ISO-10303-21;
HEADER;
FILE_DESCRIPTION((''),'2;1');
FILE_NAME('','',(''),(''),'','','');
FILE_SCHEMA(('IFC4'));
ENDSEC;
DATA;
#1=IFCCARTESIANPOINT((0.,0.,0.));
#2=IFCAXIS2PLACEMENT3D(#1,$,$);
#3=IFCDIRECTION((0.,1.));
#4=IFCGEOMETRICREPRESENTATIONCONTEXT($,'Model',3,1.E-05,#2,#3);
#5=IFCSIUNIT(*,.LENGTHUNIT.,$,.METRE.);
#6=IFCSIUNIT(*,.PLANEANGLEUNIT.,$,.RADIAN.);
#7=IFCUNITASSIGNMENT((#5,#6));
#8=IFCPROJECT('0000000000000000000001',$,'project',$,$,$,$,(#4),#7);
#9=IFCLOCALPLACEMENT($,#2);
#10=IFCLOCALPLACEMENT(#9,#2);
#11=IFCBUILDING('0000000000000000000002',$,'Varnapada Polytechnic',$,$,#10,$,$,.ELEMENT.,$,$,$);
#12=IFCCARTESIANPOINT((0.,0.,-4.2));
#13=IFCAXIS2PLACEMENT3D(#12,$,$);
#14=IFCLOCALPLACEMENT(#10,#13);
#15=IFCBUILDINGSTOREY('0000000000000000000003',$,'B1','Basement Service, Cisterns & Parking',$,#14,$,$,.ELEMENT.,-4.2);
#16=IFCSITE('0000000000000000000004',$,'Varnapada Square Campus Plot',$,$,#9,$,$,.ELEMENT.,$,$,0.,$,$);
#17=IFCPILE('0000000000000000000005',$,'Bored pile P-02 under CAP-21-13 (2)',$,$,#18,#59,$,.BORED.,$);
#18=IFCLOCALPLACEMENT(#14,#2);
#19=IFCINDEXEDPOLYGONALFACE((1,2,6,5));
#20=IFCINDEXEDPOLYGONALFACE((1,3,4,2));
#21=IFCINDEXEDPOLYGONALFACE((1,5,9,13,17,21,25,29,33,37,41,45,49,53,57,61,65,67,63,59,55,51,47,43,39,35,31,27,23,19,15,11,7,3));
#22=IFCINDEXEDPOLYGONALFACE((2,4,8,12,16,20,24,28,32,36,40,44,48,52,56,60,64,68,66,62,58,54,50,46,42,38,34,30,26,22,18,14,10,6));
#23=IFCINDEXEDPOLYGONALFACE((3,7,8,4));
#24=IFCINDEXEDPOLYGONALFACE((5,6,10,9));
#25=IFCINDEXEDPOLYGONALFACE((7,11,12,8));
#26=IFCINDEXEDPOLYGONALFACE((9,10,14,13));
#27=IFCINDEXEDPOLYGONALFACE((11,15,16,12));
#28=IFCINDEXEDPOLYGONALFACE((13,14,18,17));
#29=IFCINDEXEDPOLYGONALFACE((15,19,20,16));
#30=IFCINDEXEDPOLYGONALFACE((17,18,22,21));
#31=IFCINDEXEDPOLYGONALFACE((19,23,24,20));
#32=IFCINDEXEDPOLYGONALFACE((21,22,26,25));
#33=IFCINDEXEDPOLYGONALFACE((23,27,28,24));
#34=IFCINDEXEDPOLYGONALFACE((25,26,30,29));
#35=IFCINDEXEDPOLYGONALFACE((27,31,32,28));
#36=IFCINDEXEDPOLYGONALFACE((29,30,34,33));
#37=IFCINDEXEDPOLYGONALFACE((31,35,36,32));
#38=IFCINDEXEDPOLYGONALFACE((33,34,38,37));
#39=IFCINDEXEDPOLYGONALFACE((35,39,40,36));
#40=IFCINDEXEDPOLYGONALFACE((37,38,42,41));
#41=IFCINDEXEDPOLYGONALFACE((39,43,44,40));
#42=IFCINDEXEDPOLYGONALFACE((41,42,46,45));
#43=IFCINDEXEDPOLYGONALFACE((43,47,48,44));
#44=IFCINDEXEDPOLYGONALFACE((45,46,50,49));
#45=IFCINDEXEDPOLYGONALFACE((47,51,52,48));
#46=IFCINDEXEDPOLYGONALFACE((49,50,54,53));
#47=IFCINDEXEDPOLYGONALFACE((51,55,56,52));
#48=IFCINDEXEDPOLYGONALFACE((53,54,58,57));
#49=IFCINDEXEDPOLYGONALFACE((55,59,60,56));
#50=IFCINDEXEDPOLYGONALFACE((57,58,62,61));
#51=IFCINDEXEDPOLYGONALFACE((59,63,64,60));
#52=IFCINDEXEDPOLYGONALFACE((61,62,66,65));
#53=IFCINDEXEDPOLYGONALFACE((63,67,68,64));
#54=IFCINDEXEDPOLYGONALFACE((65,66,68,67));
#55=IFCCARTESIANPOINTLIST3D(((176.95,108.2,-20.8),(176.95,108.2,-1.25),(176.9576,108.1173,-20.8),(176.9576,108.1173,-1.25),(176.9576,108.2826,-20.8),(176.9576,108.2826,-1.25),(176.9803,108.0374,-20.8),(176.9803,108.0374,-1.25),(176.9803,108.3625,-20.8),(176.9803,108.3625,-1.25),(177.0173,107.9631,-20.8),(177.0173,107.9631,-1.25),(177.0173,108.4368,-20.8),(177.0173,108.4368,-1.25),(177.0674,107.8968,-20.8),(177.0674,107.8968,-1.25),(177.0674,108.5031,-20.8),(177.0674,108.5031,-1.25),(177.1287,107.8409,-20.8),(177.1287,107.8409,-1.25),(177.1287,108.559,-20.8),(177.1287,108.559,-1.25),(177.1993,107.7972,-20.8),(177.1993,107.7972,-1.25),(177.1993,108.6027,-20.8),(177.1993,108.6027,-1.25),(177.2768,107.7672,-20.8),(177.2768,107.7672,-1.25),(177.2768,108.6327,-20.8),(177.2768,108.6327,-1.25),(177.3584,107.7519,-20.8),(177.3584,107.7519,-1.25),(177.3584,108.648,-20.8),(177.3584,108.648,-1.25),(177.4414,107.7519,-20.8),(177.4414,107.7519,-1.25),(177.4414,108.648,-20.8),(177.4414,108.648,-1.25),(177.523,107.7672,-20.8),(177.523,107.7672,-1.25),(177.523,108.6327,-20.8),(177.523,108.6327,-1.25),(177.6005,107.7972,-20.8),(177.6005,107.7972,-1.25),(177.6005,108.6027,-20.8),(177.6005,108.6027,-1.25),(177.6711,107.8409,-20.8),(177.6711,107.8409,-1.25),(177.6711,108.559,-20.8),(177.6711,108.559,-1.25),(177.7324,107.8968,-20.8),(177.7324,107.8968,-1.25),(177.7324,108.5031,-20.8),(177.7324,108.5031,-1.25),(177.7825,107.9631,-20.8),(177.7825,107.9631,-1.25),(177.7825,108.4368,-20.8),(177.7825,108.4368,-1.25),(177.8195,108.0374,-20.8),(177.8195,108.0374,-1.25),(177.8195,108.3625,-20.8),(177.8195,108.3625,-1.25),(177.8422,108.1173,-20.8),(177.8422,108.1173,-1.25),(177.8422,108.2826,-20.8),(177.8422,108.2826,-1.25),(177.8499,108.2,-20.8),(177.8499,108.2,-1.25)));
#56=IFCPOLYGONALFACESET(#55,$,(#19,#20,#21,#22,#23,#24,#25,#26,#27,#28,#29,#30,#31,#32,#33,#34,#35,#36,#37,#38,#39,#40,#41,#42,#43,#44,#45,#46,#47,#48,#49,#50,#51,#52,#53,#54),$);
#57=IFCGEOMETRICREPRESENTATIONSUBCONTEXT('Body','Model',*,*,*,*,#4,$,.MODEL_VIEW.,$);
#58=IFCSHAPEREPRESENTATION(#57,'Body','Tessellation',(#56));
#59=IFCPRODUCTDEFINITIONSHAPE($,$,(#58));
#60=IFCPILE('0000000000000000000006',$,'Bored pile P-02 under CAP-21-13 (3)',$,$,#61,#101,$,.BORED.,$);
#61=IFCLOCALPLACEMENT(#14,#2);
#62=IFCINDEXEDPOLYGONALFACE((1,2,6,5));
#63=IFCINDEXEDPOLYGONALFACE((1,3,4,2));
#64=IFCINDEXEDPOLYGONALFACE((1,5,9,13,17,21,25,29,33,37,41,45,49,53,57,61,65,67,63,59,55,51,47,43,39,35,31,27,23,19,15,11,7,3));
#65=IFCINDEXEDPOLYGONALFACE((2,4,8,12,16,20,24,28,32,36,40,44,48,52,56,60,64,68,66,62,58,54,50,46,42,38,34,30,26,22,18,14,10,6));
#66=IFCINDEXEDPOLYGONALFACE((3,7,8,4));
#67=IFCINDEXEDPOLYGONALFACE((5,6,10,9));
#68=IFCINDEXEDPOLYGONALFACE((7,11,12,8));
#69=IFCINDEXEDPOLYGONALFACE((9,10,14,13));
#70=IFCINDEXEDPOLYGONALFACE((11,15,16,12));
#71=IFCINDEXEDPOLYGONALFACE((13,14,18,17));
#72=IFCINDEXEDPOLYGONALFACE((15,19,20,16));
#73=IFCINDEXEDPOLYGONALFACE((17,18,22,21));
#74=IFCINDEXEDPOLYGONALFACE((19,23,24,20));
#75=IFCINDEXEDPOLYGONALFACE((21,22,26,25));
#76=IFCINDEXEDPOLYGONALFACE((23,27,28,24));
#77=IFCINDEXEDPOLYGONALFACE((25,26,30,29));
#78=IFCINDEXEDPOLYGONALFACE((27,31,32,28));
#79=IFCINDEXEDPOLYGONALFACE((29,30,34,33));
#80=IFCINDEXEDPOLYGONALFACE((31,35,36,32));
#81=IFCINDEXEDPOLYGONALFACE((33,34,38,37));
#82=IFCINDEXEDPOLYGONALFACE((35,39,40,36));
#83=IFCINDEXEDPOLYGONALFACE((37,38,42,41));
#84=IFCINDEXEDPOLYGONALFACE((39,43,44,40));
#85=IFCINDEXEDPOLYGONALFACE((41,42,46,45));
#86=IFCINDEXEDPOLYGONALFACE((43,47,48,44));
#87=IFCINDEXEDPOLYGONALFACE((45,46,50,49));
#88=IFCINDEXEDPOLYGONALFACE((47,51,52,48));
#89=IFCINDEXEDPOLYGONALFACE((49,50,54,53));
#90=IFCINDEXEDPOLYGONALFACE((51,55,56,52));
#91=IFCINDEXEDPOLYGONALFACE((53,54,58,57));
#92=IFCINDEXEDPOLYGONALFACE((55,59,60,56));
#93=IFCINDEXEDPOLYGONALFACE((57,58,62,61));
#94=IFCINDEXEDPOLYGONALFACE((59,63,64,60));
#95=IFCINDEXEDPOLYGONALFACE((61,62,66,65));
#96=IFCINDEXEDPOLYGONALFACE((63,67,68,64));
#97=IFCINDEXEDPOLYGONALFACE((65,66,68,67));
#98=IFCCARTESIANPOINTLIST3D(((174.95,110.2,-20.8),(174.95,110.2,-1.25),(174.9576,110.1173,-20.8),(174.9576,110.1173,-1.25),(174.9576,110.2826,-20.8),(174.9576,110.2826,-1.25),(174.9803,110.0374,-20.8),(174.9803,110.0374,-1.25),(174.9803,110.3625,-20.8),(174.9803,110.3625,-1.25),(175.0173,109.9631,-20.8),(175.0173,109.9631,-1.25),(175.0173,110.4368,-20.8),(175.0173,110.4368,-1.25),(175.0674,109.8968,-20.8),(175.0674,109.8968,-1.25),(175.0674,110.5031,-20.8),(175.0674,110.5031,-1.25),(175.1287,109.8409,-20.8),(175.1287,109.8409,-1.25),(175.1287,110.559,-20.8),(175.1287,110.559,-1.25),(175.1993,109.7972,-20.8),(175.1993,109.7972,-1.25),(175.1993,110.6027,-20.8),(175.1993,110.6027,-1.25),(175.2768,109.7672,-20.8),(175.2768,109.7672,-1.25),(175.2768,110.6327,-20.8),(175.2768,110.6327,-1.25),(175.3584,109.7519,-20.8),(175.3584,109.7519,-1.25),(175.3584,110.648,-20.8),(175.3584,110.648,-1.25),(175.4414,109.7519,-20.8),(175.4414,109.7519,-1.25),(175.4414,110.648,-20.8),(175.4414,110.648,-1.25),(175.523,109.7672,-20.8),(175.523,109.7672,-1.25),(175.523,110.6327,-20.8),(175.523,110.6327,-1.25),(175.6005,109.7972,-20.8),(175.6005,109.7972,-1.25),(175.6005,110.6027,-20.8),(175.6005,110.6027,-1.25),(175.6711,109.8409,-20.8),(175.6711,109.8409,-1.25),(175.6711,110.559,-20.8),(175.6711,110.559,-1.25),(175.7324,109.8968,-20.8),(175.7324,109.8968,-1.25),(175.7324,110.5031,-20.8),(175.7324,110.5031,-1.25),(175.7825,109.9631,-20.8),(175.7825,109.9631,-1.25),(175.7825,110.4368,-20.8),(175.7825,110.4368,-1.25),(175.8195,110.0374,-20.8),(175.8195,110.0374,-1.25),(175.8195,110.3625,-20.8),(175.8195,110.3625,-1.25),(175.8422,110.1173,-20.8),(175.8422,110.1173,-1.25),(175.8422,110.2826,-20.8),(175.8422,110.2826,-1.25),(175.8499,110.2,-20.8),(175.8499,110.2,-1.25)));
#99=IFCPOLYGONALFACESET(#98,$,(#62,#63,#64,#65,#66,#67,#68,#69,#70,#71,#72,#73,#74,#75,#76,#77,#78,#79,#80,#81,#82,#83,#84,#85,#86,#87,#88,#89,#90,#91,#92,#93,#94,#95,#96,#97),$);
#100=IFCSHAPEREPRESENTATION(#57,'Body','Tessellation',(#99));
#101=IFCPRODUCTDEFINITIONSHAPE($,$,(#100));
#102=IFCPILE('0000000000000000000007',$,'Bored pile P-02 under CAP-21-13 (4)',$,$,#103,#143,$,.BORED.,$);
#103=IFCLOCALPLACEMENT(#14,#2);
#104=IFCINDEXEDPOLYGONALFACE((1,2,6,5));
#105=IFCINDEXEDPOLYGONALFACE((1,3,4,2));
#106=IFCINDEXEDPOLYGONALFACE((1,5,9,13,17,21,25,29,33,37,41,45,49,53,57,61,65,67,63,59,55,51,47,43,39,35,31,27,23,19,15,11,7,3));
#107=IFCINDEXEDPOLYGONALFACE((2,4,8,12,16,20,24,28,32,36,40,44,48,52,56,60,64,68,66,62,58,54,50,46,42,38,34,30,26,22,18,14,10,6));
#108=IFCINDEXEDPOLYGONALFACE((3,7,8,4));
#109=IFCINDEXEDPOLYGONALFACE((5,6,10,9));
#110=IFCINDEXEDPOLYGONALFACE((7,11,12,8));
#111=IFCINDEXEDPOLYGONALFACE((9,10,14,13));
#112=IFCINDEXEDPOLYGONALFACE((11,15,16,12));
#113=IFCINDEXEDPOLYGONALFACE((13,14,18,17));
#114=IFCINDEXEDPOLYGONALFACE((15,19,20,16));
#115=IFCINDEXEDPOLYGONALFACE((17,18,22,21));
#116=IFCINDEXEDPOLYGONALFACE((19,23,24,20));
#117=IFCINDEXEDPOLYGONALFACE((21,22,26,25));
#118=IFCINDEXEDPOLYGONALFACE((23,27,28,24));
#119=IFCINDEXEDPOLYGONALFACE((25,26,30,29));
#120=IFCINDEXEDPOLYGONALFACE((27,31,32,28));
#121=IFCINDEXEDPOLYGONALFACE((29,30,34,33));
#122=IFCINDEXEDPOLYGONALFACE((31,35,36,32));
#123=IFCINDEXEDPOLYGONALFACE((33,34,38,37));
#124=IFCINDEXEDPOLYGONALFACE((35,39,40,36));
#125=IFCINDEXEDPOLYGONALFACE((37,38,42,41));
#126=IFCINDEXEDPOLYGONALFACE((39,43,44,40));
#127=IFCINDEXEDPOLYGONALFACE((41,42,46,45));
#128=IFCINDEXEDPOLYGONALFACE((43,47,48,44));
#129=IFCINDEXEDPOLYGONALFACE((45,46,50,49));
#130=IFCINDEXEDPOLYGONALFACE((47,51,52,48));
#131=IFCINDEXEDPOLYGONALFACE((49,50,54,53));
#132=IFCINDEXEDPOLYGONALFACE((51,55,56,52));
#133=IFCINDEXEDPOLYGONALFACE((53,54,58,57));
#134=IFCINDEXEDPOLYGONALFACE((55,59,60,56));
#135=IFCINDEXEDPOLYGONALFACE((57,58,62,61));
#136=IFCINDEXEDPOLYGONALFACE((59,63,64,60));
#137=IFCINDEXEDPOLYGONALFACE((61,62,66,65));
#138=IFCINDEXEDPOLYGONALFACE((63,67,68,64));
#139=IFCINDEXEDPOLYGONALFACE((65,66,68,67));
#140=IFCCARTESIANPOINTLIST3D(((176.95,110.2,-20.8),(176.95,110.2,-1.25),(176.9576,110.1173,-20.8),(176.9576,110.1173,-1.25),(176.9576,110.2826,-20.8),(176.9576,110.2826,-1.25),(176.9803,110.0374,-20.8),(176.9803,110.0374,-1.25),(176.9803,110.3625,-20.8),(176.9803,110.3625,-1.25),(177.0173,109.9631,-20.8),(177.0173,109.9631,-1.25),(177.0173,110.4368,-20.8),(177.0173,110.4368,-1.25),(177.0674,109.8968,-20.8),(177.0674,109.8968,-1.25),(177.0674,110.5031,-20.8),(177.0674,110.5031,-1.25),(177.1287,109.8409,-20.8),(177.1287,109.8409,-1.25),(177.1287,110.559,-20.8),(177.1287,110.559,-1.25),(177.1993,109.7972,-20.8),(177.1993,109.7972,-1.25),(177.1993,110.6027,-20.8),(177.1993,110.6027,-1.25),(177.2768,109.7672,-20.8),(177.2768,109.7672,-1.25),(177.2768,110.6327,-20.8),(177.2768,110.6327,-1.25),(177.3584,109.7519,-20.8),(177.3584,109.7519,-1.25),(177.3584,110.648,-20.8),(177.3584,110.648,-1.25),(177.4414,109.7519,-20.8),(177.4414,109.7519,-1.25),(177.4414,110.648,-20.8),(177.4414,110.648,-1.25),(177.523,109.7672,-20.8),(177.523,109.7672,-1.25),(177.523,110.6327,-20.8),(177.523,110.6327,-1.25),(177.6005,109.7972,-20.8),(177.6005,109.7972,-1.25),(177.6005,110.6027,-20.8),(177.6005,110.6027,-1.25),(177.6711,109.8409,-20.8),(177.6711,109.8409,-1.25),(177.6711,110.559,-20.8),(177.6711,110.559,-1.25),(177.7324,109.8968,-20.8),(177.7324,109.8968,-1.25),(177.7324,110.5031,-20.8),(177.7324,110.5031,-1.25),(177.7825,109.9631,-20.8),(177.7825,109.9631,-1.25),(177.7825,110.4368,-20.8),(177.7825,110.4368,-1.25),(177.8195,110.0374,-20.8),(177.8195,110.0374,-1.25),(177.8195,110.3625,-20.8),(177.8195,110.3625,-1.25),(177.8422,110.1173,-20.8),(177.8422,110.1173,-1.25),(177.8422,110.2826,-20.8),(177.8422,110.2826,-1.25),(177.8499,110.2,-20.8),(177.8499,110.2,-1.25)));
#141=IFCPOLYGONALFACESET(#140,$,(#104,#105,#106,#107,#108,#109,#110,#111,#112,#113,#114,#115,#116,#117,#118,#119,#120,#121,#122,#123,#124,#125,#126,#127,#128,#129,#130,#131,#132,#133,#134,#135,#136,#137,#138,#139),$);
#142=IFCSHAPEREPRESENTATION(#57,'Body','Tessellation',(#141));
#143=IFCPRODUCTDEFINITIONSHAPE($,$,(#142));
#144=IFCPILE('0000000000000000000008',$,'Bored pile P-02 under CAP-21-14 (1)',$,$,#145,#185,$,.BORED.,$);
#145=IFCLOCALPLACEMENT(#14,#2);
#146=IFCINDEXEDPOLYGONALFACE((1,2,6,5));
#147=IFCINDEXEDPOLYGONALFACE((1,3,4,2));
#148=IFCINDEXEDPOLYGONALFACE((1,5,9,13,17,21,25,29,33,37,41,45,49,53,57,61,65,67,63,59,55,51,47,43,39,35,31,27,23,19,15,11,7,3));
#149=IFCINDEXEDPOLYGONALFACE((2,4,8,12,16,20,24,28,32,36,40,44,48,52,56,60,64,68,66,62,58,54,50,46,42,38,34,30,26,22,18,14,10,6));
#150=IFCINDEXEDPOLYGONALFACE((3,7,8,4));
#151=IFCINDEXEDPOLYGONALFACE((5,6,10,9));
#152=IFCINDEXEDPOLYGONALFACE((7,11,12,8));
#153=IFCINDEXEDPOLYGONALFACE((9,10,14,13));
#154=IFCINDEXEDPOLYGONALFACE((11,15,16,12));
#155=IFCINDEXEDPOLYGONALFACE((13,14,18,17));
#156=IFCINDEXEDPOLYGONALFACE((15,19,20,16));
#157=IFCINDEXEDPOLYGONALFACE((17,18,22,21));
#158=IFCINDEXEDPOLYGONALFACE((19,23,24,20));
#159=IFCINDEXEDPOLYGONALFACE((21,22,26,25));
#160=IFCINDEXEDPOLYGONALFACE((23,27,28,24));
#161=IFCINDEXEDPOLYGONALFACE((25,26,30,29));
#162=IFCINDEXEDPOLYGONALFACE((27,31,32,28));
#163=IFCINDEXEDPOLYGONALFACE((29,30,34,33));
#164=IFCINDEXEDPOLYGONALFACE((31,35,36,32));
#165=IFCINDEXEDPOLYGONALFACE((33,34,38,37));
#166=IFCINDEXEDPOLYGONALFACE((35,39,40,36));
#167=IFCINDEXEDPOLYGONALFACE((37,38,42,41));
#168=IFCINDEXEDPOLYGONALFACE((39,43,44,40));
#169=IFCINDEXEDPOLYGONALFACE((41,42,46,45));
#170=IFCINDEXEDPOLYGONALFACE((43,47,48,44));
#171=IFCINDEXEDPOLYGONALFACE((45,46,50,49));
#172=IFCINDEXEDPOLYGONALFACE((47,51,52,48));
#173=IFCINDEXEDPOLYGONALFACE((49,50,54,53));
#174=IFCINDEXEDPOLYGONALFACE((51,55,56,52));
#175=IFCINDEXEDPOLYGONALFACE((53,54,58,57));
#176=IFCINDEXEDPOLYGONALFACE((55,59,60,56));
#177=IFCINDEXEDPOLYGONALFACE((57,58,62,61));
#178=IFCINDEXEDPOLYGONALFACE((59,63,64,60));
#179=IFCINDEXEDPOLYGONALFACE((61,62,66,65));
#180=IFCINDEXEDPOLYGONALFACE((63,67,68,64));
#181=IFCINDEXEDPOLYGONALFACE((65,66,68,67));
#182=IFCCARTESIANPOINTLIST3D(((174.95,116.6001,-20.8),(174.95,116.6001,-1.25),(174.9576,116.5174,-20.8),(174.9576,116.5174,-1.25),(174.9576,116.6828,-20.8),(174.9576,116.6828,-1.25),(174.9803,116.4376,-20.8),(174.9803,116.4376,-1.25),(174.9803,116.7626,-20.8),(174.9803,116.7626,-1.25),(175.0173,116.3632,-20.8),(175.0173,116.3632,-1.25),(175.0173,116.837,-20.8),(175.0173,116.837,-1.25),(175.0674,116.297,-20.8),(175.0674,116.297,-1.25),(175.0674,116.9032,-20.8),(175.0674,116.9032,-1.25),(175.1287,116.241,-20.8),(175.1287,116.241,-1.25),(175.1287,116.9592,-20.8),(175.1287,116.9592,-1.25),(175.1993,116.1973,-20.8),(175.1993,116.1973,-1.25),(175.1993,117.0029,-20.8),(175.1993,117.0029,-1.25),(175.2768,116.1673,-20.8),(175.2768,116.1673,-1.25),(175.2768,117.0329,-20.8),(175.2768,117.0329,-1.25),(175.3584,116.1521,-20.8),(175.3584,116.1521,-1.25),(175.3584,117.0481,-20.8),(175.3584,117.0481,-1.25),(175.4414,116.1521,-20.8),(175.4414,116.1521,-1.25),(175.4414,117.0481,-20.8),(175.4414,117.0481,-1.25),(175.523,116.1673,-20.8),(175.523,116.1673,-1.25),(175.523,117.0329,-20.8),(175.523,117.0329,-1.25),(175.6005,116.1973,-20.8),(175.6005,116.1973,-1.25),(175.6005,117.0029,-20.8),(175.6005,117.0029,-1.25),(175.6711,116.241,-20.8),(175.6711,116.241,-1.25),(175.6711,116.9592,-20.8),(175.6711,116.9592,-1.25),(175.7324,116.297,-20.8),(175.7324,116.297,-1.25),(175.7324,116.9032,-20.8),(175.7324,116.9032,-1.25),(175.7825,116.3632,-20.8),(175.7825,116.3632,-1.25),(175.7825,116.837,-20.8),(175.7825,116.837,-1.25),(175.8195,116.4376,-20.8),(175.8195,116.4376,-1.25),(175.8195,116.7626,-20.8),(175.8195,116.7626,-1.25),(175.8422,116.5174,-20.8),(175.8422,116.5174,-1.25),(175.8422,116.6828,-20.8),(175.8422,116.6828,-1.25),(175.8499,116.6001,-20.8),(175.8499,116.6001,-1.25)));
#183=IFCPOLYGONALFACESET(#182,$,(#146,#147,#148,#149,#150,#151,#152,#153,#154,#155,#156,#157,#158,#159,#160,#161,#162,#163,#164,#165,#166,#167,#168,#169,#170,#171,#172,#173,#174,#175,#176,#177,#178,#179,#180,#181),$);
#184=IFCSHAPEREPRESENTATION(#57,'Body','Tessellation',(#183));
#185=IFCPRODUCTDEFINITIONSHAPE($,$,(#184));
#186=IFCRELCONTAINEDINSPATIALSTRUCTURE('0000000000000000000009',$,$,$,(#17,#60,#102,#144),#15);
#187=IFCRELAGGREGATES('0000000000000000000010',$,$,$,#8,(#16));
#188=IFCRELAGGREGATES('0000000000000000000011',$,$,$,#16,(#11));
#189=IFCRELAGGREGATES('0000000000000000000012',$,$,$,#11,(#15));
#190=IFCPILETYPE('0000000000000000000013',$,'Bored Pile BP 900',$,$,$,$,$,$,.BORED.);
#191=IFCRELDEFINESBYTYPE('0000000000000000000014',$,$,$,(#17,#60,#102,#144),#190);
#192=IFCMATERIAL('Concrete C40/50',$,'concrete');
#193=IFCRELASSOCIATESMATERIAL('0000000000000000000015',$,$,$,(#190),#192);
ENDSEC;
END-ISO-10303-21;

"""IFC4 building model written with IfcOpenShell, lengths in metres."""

from ifc_helpers import new_model, si_unit, direction, frame, origin, origin_2d, place, context, subcontext, project, spatial, circle, extrude, material, material_profile, profile_set, type_object, element, save


model = new_model("IFC4")

# Units and contexts
model_context = context("Model", 3, precision=1e-05, world=origin(), true_north=direction((0.0, 1.0)))
body_context = subcontext(model_context, "Body", "Model", "MODEL_VIEW")
ifc_project = project(units=[si_unit("LENGTHUNIT", "METRE"), si_unit("PLANEANGLEUNIT", "RADIAN")], contexts=[model_context])

# Site, building, storey
site_placement = place(None, origin())
site = spatial("IfcSite", under=ifc_project, at=site_placement, Name="Varnapada Square Campus Plot", CompositionType="ELEMENT", RefElevation=0.0)
building_placement = place(site_placement, origin())
building = spatial("IfcBuilding", under=site, at=building_placement, Name="Varnapada Polytechnic", CompositionType="ELEMENT")
storey_placement = place(building_placement, frame((0.0, 0.0, -4.2)))
storey = spatial("IfcBuildingStorey", under=building, at=storey_placement, Name="B1", Description="Basement Service, Cisterns & Parking", CompositionType="ELEMENT", Elevation=-4.2)

# Piles
ifc_material_1 = material(Name="Concrete C40/50", Category="concrete")
ifc_material_profile_1 = material_profile(ifc_material_1, circle(Radius=0.45, at=origin_2d()), Name="BP 900")
ifc_profile_set_1 = profile_set([ifc_material_profile_1], Name="Concrete C40/50")
pile_type = type_object("IfcPileType", Name="Bored Pile BP 900", PredefinedType="BORED", material=ifc_profile_set_1)
for number, where, z_axis, x_axis, name in (
    (1, (177.3999, 108.2, -1.25), (0.0, 0.0, -1.0), (1.0, 0.0, 0.0), "Bored pile P-02 under CAP-21-13 (2)"),
    (2, (175.3999, 110.2, -1.25), (0.0, 0.0, -1.0), (1.0, 0.0, 0.0), "Bored pile P-02 under CAP-21-13 (3)"),
    (3, (177.3999, 110.2, -1.25), (0.0, 0.0, -1.0), (1.0, 0.0, 0.0), "Bored pile P-02 under CAP-21-13 (4)"),
    (4, (175.3999, 116.6001, -1.25), (0.0, 0.0, -1.0), (1.0, 0.0, 0.0), "Bored pile P-02 under CAP-21-14 (1)"),
):
    element("IfcPile", number, at=place(storey_placement, frame(where, z_axis=z_axis, x_axis=x_axis)), inside=storey, type_object=pile_type, Name=name, PredefinedType="BORED", context=body_context, shape_type="SweptSolid", body=[
        extrude(circle(Radius=0.45, at=origin_2d()), origin(), (0.0, 0.0, 1.0), 19.55),
    ])

save(model, "model.ifc")
